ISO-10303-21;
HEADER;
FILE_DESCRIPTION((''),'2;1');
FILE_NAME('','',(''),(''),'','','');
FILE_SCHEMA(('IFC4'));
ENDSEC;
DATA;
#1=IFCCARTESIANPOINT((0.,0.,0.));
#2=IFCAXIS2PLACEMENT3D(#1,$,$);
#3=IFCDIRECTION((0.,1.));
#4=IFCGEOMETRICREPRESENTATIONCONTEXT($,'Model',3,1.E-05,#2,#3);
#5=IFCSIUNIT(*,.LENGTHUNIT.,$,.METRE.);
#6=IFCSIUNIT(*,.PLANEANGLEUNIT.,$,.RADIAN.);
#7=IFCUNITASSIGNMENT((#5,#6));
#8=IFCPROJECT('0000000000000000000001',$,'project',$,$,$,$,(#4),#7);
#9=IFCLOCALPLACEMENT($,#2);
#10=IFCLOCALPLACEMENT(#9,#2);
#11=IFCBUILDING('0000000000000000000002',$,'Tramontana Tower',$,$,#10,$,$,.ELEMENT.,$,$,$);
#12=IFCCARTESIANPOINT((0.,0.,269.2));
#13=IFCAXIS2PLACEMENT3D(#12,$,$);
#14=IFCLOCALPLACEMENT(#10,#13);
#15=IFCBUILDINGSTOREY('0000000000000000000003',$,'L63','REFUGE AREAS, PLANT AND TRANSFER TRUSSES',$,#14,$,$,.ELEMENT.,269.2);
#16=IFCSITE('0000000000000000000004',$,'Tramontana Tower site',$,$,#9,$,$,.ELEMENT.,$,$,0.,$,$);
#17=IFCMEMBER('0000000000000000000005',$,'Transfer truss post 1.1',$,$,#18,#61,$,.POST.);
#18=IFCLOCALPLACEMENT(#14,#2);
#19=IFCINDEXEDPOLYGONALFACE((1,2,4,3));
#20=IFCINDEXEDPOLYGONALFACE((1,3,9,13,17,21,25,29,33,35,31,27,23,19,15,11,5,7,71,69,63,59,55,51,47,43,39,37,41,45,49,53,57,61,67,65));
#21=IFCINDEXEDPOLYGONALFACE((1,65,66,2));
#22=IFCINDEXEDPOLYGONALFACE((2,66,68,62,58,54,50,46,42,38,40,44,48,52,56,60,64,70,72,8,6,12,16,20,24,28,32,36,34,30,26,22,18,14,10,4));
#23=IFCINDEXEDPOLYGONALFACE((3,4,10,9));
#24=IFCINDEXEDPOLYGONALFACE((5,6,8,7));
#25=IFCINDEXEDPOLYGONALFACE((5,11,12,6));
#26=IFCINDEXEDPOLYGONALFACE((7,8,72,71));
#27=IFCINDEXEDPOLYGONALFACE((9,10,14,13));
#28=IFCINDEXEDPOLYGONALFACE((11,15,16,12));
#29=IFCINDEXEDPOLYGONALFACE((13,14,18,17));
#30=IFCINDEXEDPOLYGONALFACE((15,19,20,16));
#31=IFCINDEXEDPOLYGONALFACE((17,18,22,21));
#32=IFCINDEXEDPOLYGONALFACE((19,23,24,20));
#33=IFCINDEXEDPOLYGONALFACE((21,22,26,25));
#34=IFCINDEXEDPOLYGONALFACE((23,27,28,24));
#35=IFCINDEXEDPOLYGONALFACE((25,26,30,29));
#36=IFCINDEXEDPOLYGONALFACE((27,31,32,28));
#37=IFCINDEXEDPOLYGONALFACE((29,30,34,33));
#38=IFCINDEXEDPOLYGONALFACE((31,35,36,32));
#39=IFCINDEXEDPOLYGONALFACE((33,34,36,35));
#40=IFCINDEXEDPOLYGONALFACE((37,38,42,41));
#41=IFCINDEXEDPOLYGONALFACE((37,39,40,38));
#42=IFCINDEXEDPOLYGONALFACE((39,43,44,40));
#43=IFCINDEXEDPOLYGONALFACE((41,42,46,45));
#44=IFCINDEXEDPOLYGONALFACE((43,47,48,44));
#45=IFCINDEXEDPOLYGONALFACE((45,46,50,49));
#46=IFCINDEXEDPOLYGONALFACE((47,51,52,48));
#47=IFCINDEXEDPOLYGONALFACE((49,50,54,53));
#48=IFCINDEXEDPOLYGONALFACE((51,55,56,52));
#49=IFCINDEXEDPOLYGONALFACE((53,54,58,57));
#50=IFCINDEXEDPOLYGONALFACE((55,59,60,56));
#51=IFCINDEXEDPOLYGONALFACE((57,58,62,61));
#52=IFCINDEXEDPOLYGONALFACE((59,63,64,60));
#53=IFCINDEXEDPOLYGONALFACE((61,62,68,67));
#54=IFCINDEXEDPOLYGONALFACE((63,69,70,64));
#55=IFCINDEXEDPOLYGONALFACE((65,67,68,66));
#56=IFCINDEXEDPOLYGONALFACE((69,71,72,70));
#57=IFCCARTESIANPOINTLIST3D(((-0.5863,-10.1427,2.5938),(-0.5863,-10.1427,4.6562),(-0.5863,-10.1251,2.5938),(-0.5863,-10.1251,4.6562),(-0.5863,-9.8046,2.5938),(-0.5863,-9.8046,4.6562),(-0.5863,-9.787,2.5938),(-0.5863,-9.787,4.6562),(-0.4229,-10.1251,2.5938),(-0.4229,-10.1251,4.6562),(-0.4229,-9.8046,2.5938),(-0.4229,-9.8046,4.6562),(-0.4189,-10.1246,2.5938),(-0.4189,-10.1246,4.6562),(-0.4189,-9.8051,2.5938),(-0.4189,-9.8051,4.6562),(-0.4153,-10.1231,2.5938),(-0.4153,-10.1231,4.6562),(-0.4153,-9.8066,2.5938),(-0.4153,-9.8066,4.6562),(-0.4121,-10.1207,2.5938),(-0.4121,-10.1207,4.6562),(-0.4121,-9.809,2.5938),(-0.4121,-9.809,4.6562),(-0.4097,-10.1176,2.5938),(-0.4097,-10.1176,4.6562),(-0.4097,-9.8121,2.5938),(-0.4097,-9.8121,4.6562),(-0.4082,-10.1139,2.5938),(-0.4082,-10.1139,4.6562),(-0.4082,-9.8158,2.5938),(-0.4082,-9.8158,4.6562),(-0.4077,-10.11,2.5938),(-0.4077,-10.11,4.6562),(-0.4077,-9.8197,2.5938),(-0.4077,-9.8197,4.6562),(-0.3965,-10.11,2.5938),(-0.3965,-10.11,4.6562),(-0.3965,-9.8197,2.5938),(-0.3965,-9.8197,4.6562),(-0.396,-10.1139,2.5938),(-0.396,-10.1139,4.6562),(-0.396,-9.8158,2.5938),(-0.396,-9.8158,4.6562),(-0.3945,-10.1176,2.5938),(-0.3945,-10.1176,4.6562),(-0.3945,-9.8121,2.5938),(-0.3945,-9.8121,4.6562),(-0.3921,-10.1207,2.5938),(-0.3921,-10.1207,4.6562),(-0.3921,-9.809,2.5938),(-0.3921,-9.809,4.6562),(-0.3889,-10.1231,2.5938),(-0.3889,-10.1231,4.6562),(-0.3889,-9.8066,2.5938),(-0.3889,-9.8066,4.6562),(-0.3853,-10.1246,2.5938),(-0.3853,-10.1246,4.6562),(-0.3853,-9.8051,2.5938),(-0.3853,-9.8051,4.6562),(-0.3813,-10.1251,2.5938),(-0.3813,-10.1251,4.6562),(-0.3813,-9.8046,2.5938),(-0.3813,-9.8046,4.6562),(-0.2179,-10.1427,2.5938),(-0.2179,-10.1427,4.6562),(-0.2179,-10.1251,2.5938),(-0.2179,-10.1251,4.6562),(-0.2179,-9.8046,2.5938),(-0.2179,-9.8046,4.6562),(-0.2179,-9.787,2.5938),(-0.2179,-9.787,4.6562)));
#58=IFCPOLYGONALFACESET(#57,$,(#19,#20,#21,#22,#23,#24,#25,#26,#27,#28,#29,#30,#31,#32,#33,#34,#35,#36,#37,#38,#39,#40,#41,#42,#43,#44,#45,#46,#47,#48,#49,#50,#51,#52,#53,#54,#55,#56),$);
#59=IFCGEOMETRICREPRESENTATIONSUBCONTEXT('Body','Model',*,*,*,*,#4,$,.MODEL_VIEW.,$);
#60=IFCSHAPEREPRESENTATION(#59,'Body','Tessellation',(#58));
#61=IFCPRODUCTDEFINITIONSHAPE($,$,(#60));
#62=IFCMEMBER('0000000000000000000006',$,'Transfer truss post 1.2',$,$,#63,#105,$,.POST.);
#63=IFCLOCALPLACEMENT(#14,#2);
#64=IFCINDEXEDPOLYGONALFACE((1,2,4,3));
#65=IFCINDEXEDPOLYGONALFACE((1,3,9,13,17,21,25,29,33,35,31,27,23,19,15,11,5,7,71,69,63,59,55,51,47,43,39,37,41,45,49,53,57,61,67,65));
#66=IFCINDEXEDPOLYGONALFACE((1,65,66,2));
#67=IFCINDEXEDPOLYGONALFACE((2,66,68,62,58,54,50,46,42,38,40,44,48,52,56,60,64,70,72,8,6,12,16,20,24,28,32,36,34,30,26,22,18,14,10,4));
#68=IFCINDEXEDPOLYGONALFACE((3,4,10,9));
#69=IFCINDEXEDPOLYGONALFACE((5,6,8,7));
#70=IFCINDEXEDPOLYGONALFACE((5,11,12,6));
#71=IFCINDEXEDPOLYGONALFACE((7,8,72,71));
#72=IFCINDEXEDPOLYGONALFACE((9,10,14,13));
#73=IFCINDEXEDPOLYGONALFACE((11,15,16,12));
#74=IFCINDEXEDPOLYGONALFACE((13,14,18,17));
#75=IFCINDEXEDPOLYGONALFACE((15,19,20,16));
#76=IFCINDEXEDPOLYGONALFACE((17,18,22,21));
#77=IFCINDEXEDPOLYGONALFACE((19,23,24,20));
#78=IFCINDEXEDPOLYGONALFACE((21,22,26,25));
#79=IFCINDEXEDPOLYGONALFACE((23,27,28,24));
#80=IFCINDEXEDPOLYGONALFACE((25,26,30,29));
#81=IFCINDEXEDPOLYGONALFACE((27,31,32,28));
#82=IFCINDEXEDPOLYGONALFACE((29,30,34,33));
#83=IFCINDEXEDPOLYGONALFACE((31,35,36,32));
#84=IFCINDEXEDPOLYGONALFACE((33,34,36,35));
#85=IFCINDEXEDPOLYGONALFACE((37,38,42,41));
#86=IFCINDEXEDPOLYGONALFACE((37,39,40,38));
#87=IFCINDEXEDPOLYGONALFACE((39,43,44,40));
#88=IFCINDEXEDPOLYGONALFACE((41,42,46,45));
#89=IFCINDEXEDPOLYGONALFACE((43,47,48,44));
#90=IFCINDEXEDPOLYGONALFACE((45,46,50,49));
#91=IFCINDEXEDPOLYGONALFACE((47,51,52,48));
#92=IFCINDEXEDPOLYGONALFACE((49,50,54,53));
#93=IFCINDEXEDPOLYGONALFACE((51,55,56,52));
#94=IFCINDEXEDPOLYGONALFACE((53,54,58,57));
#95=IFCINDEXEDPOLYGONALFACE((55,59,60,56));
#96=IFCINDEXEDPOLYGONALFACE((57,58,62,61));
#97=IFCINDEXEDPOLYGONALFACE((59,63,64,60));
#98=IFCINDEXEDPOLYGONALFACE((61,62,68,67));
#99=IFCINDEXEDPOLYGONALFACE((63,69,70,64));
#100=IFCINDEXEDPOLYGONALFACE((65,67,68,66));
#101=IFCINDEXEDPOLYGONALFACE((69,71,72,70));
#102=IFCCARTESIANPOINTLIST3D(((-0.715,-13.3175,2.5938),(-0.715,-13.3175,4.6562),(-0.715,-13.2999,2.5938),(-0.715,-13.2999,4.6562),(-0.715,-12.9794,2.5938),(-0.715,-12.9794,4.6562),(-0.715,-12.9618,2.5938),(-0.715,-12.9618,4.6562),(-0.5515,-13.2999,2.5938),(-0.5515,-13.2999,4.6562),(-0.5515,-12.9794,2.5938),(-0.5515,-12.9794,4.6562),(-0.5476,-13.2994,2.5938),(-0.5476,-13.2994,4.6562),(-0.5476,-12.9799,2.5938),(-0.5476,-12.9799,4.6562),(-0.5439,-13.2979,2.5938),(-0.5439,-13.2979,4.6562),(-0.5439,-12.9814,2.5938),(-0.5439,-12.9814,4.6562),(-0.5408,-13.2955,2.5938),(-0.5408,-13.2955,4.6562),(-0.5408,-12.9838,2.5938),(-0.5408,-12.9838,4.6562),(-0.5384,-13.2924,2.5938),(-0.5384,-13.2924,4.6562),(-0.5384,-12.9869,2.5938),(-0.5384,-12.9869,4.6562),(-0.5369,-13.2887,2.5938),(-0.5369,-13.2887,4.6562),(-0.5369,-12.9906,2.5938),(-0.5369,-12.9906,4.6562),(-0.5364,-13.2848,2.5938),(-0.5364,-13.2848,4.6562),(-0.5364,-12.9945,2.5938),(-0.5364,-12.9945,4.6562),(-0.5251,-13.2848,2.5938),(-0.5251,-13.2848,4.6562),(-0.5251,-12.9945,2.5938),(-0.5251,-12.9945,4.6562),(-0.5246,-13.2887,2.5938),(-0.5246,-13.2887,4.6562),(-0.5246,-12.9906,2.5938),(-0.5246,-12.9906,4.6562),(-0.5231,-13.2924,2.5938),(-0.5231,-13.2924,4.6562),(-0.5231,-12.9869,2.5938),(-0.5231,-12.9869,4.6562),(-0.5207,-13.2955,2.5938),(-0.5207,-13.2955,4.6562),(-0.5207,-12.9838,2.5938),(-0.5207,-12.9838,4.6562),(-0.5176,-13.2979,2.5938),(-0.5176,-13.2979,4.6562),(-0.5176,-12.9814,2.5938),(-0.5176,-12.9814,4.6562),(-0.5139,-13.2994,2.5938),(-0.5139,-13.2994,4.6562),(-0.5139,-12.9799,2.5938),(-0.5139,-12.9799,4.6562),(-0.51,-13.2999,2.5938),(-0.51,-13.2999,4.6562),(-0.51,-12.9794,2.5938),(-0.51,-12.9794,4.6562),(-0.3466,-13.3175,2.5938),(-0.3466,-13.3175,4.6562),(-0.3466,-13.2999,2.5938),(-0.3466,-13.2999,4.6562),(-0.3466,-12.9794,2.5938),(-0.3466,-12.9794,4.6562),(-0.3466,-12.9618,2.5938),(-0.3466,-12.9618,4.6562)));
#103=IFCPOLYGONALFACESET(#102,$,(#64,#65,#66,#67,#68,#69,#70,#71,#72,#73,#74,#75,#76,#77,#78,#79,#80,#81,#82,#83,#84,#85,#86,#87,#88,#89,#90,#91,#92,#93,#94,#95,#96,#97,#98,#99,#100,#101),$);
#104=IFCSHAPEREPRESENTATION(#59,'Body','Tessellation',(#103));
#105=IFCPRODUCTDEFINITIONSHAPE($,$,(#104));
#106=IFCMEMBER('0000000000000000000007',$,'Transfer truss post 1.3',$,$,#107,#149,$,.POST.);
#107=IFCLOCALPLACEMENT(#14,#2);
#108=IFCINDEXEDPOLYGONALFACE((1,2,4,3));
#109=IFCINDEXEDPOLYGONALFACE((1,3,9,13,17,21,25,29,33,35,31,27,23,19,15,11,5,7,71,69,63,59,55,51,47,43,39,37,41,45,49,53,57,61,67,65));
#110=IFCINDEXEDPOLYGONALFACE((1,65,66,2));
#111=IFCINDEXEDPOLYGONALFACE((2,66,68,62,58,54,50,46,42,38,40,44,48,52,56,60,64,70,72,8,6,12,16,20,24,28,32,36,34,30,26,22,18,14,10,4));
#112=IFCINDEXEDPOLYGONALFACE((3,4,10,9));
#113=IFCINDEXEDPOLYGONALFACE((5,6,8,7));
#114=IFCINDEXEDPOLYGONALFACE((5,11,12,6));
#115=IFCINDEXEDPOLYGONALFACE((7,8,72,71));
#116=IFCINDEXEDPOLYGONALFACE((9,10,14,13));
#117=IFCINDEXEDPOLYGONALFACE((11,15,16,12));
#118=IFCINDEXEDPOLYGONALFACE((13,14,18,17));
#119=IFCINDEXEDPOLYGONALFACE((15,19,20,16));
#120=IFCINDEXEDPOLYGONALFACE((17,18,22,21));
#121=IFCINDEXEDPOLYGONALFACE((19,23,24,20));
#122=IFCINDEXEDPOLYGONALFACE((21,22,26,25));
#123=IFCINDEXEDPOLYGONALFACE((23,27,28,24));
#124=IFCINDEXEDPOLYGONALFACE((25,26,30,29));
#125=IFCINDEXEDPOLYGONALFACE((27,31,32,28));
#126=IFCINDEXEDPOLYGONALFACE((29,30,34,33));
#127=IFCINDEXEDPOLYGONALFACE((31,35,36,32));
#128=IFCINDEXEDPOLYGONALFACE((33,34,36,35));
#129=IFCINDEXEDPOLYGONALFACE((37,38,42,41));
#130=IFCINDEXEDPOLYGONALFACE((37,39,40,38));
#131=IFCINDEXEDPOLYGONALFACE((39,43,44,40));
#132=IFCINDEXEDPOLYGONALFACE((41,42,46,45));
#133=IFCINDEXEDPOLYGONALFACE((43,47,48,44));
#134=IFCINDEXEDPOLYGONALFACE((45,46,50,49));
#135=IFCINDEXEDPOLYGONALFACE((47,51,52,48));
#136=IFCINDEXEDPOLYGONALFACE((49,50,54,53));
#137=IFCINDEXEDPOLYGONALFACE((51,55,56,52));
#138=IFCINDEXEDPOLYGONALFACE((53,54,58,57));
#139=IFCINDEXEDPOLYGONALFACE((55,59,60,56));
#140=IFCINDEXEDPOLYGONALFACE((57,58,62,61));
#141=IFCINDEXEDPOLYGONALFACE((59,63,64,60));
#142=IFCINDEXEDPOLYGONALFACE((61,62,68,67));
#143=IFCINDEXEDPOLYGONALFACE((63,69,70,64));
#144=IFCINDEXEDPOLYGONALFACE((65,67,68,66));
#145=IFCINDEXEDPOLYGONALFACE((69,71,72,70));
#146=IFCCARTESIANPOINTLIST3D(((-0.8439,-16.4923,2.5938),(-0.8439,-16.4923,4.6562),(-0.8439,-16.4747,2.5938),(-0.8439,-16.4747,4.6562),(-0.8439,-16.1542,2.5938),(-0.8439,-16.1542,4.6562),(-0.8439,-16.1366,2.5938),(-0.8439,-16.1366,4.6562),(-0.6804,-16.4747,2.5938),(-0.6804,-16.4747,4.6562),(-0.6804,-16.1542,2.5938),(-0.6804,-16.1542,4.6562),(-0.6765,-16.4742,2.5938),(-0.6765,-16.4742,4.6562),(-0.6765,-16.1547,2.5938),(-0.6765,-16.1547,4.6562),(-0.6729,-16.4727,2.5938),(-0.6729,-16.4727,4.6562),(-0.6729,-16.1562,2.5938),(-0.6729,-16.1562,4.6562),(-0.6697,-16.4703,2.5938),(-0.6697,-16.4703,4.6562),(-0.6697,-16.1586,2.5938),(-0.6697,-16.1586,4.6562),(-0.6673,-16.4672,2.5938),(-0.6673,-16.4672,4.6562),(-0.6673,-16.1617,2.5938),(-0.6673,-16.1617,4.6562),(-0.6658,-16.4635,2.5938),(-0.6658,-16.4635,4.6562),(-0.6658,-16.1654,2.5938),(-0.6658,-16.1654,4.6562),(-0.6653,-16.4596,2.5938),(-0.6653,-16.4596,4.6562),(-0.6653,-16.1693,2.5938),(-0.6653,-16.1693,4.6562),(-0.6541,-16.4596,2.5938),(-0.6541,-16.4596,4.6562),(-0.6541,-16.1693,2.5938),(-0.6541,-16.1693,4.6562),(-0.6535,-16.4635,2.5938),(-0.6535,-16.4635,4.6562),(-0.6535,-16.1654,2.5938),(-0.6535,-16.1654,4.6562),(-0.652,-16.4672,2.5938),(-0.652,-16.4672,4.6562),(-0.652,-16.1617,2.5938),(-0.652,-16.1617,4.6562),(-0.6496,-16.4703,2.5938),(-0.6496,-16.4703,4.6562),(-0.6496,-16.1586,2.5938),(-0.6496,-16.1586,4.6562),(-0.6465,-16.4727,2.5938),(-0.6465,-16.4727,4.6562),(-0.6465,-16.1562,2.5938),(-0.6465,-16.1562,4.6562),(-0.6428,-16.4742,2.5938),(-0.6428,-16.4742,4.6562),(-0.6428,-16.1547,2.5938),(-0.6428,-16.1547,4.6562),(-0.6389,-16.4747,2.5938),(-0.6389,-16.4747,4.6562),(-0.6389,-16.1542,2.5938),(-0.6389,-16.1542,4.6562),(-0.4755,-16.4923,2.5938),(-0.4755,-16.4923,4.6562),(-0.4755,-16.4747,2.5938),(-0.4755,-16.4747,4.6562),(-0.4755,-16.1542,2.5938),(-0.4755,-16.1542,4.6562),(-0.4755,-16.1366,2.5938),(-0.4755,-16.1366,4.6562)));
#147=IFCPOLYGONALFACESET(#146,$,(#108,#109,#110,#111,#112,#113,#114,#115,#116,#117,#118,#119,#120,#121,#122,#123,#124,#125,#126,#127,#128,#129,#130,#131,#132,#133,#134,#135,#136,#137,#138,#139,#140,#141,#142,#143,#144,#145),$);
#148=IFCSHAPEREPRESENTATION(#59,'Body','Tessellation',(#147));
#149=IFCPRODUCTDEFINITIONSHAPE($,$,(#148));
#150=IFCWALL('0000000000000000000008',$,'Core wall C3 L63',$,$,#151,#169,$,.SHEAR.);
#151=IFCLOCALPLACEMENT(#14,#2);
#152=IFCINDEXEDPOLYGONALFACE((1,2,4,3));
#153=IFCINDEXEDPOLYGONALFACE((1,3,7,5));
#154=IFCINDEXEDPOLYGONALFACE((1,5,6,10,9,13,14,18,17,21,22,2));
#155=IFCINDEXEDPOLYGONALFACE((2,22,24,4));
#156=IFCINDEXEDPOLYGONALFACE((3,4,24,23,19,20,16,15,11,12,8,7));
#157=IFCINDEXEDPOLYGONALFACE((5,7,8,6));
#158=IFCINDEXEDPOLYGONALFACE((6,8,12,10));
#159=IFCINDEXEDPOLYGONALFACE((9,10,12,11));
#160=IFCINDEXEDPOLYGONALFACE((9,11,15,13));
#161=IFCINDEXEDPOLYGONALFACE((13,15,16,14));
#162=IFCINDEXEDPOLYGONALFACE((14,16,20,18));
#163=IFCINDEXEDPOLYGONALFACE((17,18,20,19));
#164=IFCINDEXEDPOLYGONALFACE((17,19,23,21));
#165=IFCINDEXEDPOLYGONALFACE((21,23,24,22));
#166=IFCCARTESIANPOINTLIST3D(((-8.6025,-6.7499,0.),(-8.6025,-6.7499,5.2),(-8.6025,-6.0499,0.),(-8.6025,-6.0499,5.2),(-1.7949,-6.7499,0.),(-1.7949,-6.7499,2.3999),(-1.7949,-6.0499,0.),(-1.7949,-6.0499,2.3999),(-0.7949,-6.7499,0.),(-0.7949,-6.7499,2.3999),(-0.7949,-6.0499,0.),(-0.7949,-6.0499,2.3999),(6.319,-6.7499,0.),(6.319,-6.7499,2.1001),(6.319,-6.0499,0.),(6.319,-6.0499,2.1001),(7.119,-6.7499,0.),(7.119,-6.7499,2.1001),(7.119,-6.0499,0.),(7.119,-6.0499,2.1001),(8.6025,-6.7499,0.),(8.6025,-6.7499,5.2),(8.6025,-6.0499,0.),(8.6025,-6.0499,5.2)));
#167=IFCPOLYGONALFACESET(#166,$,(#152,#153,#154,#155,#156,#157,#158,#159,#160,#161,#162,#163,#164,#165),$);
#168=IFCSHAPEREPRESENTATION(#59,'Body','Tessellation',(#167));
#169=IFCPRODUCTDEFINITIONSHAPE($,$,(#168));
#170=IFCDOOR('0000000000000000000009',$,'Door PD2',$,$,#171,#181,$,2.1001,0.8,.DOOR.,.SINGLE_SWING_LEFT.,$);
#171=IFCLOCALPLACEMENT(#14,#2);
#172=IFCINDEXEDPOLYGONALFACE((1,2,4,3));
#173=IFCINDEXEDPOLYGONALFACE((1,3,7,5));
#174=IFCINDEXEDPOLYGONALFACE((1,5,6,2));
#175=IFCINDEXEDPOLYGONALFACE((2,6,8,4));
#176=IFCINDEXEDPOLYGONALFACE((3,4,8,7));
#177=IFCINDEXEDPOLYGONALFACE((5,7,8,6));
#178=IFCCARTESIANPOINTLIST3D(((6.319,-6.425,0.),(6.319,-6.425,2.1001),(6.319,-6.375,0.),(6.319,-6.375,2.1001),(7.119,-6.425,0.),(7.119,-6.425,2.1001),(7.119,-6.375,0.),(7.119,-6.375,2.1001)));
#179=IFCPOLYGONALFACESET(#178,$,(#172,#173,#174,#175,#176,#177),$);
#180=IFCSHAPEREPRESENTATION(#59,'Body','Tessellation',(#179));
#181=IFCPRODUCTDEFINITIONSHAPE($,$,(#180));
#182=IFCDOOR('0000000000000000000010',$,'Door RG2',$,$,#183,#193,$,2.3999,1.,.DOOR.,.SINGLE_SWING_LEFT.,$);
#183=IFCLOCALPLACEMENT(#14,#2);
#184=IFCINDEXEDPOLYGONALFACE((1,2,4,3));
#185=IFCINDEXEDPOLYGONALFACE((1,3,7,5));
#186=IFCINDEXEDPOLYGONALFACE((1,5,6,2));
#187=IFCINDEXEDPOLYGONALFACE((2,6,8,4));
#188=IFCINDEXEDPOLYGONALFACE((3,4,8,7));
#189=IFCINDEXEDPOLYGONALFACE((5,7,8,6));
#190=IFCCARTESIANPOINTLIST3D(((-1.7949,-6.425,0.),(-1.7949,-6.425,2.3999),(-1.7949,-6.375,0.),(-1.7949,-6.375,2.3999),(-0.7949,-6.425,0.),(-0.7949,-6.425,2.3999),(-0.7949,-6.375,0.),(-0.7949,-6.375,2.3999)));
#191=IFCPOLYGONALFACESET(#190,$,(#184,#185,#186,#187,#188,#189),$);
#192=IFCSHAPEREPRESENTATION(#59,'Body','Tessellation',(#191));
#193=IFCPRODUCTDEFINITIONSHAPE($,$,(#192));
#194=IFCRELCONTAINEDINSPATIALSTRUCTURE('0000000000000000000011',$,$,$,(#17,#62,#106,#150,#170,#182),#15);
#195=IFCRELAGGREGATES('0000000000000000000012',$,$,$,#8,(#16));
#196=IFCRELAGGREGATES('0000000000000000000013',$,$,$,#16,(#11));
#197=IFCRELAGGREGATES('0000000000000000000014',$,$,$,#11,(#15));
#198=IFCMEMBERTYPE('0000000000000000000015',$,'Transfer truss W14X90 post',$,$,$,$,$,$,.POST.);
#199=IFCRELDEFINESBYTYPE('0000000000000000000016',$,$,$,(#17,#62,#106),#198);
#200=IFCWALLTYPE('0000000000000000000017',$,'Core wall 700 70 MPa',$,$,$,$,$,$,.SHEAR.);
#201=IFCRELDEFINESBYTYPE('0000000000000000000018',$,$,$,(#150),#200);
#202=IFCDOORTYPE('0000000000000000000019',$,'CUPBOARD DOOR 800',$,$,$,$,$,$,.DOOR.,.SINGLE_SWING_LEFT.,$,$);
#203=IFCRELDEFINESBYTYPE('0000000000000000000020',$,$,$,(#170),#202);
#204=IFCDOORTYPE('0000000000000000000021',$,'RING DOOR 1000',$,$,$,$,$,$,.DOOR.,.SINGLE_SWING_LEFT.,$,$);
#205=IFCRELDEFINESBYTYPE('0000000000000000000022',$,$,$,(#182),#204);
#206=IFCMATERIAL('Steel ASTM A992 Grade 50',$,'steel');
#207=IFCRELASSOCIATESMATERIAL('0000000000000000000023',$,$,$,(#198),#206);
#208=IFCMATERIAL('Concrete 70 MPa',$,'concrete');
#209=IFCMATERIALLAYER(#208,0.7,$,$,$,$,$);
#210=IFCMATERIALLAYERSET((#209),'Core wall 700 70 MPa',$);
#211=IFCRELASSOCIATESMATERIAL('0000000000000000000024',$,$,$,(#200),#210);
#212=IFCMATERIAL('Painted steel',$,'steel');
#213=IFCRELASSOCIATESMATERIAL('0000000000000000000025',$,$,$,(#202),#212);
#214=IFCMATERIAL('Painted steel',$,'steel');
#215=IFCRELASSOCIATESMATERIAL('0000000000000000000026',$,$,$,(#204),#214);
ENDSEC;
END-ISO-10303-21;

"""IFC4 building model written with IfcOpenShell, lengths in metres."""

from ifc_helpers import new_model, si_unit, direction, frame, frame_2d, origin, origin_2d, place, context, subcontext, project, spatial, rectangle, i_section, extrude, material, layer, layer_set, material_profile, profile_set, type_object, element, fill, save


model = new_model("IFC4")

# Units and contexts
model_context = context("Model", 3, precision=1e-05, world=origin(), true_north=direction((0.0, 1.0)))
body_context = subcontext(model_context, "Body", "Model", "MODEL_VIEW")
ifc_project = project(units=[si_unit("LENGTHUNIT", "METRE"), si_unit("PLANEANGLEUNIT", "RADIAN")], contexts=[model_context])

# Site, building, storey
site_placement = place(None, origin())
site = spatial("IfcSite", under=ifc_project, at=site_placement, Name="Tramontana Tower site", CompositionType="ELEMENT", RefElevation=0.0)
building_placement = place(site_placement, origin())
building = spatial("IfcBuilding", under=site, at=building_placement, Name="Tramontana Tower", CompositionType="ELEMENT")
storey_placement = place(building_placement, frame((0.0, 0.0, 269.2)))
storey = spatial("IfcBuildingStorey", under=building, at=storey_placement, Name="L63", Description="REFUGE AREAS, PLANT AND TRANSFER TRUSSES", CompositionType="ELEMENT", Elevation=269.2)

# Members
ifc_material_1 = material(Name="Steel ASTM A992 Grade 50", Category="steel")
ifc_material_profile_1 = material_profile(ifc_material_1, i_section(OverallWidth=0.3684, OverallDepth=0.3557, WebThickness=0.0112, FlangeThickness=0.0176, FilletRadius=0.0151, at=origin_2d()), Name="W14X90")
ifc_profile_set_1 = profile_set([ifc_material_profile_1], Name="Steel ASTM A992 Grade 50")
member_type_1 = type_object("IfcMemberType", Name="Transfer truss W14X90 post", PredefinedType="POST", material=ifc_profile_set_1)
for number, where, z_axis, x_axis, name in (
    (1, (-0.4021, -9.9648, 2.5938), (0.0, 0.0, 1.0), (1.0, 0.0, 0.0), "Transfer truss post 1.1"),
    (2, (-0.5308, -13.1396, 2.5938), (0.0, 0.0, 1.0), (1.0, 0.0, 0.0), "Transfer truss post 1.2"),
    (3, (-0.6597, -16.3145, 2.5938), (0.0, 0.0, 1.0), (1.0, 0.0, 0.0), "Transfer truss post 1.3"),
):
    element("IfcMember", number, at=place(storey_placement, frame(where, z_axis=z_axis, x_axis=x_axis)), inside=storey, type_object=member_type_1, Name=name, PredefinedType="POST", context=body_context, shape_type="SweptSolid", body=[
        extrude(i_section(OverallWidth=0.3684, OverallDepth=0.3557, WebThickness=0.0112, FlangeThickness=0.0176, FilletRadius=0.0151, at=origin_2d()), origin(), (0.0, 0.0, 1.0), 2.0625),
    ])

# Wall, openings, doors
ifc_material_2 = material(Name="Concrete 70 MPa", Category="concrete")
ifc_layer_1 = layer(ifc_material_2, 0.7)
ifc_layer_set_1 = layer_set([ifc_layer_1], Name="Core wall 700 70 MPa")
wall_type_1 = type_object("IfcWallType", Name="Core wall 700 70 MPa", PredefinedType="SHEAR", material=ifc_layer_set_1)
wall_1_placement = place(storey_placement, frame((-8.6025, -6.3999, 0.0), z_axis=(0.0, 0.0, 1.0), x_axis=(1.0, 0.0, 0.0)))
wall_1 = element("IfcWall", 4, at=wall_1_placement, inside=storey, type_object=wall_type_1, Name="Core wall C3 L63", PredefinedType="SHEAR", context=body_context, shape_type="SweptSolid", body=[
    extrude(rectangle(XDim=17.2051, YDim=0.7, at=frame_2d((8.6025, 0.0))), origin(), (0.0, 0.0, 1.0), 5.2),
])
opening_1_placement = place(wall_1_placement, frame((6.8076, 0.0, 0.0)))
opening_1 = element("IfcOpeningElement", 5, at=opening_1_placement, cuts=wall_1, PredefinedType="OPENING", context=body_context, shape_type="SweptSolid", body=[
    extrude(rectangle(XDim=1.0, YDim=2.3999, at=frame_2d((0.5, 1.2))), frame((0.0, 0.3599, 0.0), z_axis=(0.0, -1.0, 0.0), x_axis=(1.0, 0.0, 0.0)), (0.0, 0.0, 1.0), 0.72),
])
opening_2_placement = place(wall_1_placement, frame((14.9216, 0.0, 0.0)))
opening_2 = element("IfcOpeningElement", 6, at=opening_2_placement, cuts=wall_1, PredefinedType="OPENING", context=body_context, shape_type="SweptSolid", body=[
    extrude(rectangle(XDim=0.8, YDim=2.1001, at=frame_2d((0.3999, 1.05))), frame((0.0, 0.3599, 0.0), z_axis=(0.0, -1.0, 0.0), x_axis=(1.0, 0.0, 0.0)), (0.0, 0.0, 1.0), 0.72),
])
ifc_material_3 = material(Name="Painted steel", Category="steel")
door_type_1 = type_object("IfcDoorType", Name="CUPBOARD DOOR 800", OperationType="SINGLE_SWING_LEFT", PredefinedType="DOOR", material=ifc_material_3)
door_1_placement = place(opening_2_placement, origin())
door_1 = element("IfcDoor", 7, at=door_1_placement, inside=storey, type_object=door_type_1, Name="Door PD2", OperationType="SINGLE_SWING_LEFT", OverallHeight=2.1001, OverallWidth=0.8, PredefinedType="DOOR", context=body_context, shape_type="SweptSolid", body=[
    extrude(rectangle(XDim=0.8, YDim=2.1001, at=frame_2d((0.3999, 1.05))), frame((0.0, 0.0249, 0.0), z_axis=(0.0, -1.0, 0.0), x_axis=(1.0, 0.0, 0.0)), (0.0, 0.0, 1.0), 0.05),
])
fill(opening_2, door_1)
ifc_material_4 = material(Name="Painted steel", Category="steel")
door_type_2 = type_object("IfcDoorType", Name="RING DOOR 1000", OperationType="SINGLE_SWING_LEFT", PredefinedType="DOOR", material=ifc_material_4)
door_2_placement = place(opening_1_placement, origin())
door_2 = element("IfcDoor", 8, at=door_2_placement, inside=storey, type_object=door_type_2, Name="Door RG2", OperationType="SINGLE_SWING_LEFT", OverallHeight=2.3999, OverallWidth=1.0, PredefinedType="DOOR", context=body_context, shape_type="SweptSolid", body=[
    extrude(rectangle(XDim=1.0, YDim=2.3999, at=frame_2d((0.5, 1.2))), frame((0.0, 0.0249, 0.0), z_axis=(0.0, -1.0, 0.0), x_axis=(1.0, 0.0, 0.0)), (0.0, 0.0, 1.0), 0.05),
])
fill(opening_1, door_2)

save(model, "model.ifc")
